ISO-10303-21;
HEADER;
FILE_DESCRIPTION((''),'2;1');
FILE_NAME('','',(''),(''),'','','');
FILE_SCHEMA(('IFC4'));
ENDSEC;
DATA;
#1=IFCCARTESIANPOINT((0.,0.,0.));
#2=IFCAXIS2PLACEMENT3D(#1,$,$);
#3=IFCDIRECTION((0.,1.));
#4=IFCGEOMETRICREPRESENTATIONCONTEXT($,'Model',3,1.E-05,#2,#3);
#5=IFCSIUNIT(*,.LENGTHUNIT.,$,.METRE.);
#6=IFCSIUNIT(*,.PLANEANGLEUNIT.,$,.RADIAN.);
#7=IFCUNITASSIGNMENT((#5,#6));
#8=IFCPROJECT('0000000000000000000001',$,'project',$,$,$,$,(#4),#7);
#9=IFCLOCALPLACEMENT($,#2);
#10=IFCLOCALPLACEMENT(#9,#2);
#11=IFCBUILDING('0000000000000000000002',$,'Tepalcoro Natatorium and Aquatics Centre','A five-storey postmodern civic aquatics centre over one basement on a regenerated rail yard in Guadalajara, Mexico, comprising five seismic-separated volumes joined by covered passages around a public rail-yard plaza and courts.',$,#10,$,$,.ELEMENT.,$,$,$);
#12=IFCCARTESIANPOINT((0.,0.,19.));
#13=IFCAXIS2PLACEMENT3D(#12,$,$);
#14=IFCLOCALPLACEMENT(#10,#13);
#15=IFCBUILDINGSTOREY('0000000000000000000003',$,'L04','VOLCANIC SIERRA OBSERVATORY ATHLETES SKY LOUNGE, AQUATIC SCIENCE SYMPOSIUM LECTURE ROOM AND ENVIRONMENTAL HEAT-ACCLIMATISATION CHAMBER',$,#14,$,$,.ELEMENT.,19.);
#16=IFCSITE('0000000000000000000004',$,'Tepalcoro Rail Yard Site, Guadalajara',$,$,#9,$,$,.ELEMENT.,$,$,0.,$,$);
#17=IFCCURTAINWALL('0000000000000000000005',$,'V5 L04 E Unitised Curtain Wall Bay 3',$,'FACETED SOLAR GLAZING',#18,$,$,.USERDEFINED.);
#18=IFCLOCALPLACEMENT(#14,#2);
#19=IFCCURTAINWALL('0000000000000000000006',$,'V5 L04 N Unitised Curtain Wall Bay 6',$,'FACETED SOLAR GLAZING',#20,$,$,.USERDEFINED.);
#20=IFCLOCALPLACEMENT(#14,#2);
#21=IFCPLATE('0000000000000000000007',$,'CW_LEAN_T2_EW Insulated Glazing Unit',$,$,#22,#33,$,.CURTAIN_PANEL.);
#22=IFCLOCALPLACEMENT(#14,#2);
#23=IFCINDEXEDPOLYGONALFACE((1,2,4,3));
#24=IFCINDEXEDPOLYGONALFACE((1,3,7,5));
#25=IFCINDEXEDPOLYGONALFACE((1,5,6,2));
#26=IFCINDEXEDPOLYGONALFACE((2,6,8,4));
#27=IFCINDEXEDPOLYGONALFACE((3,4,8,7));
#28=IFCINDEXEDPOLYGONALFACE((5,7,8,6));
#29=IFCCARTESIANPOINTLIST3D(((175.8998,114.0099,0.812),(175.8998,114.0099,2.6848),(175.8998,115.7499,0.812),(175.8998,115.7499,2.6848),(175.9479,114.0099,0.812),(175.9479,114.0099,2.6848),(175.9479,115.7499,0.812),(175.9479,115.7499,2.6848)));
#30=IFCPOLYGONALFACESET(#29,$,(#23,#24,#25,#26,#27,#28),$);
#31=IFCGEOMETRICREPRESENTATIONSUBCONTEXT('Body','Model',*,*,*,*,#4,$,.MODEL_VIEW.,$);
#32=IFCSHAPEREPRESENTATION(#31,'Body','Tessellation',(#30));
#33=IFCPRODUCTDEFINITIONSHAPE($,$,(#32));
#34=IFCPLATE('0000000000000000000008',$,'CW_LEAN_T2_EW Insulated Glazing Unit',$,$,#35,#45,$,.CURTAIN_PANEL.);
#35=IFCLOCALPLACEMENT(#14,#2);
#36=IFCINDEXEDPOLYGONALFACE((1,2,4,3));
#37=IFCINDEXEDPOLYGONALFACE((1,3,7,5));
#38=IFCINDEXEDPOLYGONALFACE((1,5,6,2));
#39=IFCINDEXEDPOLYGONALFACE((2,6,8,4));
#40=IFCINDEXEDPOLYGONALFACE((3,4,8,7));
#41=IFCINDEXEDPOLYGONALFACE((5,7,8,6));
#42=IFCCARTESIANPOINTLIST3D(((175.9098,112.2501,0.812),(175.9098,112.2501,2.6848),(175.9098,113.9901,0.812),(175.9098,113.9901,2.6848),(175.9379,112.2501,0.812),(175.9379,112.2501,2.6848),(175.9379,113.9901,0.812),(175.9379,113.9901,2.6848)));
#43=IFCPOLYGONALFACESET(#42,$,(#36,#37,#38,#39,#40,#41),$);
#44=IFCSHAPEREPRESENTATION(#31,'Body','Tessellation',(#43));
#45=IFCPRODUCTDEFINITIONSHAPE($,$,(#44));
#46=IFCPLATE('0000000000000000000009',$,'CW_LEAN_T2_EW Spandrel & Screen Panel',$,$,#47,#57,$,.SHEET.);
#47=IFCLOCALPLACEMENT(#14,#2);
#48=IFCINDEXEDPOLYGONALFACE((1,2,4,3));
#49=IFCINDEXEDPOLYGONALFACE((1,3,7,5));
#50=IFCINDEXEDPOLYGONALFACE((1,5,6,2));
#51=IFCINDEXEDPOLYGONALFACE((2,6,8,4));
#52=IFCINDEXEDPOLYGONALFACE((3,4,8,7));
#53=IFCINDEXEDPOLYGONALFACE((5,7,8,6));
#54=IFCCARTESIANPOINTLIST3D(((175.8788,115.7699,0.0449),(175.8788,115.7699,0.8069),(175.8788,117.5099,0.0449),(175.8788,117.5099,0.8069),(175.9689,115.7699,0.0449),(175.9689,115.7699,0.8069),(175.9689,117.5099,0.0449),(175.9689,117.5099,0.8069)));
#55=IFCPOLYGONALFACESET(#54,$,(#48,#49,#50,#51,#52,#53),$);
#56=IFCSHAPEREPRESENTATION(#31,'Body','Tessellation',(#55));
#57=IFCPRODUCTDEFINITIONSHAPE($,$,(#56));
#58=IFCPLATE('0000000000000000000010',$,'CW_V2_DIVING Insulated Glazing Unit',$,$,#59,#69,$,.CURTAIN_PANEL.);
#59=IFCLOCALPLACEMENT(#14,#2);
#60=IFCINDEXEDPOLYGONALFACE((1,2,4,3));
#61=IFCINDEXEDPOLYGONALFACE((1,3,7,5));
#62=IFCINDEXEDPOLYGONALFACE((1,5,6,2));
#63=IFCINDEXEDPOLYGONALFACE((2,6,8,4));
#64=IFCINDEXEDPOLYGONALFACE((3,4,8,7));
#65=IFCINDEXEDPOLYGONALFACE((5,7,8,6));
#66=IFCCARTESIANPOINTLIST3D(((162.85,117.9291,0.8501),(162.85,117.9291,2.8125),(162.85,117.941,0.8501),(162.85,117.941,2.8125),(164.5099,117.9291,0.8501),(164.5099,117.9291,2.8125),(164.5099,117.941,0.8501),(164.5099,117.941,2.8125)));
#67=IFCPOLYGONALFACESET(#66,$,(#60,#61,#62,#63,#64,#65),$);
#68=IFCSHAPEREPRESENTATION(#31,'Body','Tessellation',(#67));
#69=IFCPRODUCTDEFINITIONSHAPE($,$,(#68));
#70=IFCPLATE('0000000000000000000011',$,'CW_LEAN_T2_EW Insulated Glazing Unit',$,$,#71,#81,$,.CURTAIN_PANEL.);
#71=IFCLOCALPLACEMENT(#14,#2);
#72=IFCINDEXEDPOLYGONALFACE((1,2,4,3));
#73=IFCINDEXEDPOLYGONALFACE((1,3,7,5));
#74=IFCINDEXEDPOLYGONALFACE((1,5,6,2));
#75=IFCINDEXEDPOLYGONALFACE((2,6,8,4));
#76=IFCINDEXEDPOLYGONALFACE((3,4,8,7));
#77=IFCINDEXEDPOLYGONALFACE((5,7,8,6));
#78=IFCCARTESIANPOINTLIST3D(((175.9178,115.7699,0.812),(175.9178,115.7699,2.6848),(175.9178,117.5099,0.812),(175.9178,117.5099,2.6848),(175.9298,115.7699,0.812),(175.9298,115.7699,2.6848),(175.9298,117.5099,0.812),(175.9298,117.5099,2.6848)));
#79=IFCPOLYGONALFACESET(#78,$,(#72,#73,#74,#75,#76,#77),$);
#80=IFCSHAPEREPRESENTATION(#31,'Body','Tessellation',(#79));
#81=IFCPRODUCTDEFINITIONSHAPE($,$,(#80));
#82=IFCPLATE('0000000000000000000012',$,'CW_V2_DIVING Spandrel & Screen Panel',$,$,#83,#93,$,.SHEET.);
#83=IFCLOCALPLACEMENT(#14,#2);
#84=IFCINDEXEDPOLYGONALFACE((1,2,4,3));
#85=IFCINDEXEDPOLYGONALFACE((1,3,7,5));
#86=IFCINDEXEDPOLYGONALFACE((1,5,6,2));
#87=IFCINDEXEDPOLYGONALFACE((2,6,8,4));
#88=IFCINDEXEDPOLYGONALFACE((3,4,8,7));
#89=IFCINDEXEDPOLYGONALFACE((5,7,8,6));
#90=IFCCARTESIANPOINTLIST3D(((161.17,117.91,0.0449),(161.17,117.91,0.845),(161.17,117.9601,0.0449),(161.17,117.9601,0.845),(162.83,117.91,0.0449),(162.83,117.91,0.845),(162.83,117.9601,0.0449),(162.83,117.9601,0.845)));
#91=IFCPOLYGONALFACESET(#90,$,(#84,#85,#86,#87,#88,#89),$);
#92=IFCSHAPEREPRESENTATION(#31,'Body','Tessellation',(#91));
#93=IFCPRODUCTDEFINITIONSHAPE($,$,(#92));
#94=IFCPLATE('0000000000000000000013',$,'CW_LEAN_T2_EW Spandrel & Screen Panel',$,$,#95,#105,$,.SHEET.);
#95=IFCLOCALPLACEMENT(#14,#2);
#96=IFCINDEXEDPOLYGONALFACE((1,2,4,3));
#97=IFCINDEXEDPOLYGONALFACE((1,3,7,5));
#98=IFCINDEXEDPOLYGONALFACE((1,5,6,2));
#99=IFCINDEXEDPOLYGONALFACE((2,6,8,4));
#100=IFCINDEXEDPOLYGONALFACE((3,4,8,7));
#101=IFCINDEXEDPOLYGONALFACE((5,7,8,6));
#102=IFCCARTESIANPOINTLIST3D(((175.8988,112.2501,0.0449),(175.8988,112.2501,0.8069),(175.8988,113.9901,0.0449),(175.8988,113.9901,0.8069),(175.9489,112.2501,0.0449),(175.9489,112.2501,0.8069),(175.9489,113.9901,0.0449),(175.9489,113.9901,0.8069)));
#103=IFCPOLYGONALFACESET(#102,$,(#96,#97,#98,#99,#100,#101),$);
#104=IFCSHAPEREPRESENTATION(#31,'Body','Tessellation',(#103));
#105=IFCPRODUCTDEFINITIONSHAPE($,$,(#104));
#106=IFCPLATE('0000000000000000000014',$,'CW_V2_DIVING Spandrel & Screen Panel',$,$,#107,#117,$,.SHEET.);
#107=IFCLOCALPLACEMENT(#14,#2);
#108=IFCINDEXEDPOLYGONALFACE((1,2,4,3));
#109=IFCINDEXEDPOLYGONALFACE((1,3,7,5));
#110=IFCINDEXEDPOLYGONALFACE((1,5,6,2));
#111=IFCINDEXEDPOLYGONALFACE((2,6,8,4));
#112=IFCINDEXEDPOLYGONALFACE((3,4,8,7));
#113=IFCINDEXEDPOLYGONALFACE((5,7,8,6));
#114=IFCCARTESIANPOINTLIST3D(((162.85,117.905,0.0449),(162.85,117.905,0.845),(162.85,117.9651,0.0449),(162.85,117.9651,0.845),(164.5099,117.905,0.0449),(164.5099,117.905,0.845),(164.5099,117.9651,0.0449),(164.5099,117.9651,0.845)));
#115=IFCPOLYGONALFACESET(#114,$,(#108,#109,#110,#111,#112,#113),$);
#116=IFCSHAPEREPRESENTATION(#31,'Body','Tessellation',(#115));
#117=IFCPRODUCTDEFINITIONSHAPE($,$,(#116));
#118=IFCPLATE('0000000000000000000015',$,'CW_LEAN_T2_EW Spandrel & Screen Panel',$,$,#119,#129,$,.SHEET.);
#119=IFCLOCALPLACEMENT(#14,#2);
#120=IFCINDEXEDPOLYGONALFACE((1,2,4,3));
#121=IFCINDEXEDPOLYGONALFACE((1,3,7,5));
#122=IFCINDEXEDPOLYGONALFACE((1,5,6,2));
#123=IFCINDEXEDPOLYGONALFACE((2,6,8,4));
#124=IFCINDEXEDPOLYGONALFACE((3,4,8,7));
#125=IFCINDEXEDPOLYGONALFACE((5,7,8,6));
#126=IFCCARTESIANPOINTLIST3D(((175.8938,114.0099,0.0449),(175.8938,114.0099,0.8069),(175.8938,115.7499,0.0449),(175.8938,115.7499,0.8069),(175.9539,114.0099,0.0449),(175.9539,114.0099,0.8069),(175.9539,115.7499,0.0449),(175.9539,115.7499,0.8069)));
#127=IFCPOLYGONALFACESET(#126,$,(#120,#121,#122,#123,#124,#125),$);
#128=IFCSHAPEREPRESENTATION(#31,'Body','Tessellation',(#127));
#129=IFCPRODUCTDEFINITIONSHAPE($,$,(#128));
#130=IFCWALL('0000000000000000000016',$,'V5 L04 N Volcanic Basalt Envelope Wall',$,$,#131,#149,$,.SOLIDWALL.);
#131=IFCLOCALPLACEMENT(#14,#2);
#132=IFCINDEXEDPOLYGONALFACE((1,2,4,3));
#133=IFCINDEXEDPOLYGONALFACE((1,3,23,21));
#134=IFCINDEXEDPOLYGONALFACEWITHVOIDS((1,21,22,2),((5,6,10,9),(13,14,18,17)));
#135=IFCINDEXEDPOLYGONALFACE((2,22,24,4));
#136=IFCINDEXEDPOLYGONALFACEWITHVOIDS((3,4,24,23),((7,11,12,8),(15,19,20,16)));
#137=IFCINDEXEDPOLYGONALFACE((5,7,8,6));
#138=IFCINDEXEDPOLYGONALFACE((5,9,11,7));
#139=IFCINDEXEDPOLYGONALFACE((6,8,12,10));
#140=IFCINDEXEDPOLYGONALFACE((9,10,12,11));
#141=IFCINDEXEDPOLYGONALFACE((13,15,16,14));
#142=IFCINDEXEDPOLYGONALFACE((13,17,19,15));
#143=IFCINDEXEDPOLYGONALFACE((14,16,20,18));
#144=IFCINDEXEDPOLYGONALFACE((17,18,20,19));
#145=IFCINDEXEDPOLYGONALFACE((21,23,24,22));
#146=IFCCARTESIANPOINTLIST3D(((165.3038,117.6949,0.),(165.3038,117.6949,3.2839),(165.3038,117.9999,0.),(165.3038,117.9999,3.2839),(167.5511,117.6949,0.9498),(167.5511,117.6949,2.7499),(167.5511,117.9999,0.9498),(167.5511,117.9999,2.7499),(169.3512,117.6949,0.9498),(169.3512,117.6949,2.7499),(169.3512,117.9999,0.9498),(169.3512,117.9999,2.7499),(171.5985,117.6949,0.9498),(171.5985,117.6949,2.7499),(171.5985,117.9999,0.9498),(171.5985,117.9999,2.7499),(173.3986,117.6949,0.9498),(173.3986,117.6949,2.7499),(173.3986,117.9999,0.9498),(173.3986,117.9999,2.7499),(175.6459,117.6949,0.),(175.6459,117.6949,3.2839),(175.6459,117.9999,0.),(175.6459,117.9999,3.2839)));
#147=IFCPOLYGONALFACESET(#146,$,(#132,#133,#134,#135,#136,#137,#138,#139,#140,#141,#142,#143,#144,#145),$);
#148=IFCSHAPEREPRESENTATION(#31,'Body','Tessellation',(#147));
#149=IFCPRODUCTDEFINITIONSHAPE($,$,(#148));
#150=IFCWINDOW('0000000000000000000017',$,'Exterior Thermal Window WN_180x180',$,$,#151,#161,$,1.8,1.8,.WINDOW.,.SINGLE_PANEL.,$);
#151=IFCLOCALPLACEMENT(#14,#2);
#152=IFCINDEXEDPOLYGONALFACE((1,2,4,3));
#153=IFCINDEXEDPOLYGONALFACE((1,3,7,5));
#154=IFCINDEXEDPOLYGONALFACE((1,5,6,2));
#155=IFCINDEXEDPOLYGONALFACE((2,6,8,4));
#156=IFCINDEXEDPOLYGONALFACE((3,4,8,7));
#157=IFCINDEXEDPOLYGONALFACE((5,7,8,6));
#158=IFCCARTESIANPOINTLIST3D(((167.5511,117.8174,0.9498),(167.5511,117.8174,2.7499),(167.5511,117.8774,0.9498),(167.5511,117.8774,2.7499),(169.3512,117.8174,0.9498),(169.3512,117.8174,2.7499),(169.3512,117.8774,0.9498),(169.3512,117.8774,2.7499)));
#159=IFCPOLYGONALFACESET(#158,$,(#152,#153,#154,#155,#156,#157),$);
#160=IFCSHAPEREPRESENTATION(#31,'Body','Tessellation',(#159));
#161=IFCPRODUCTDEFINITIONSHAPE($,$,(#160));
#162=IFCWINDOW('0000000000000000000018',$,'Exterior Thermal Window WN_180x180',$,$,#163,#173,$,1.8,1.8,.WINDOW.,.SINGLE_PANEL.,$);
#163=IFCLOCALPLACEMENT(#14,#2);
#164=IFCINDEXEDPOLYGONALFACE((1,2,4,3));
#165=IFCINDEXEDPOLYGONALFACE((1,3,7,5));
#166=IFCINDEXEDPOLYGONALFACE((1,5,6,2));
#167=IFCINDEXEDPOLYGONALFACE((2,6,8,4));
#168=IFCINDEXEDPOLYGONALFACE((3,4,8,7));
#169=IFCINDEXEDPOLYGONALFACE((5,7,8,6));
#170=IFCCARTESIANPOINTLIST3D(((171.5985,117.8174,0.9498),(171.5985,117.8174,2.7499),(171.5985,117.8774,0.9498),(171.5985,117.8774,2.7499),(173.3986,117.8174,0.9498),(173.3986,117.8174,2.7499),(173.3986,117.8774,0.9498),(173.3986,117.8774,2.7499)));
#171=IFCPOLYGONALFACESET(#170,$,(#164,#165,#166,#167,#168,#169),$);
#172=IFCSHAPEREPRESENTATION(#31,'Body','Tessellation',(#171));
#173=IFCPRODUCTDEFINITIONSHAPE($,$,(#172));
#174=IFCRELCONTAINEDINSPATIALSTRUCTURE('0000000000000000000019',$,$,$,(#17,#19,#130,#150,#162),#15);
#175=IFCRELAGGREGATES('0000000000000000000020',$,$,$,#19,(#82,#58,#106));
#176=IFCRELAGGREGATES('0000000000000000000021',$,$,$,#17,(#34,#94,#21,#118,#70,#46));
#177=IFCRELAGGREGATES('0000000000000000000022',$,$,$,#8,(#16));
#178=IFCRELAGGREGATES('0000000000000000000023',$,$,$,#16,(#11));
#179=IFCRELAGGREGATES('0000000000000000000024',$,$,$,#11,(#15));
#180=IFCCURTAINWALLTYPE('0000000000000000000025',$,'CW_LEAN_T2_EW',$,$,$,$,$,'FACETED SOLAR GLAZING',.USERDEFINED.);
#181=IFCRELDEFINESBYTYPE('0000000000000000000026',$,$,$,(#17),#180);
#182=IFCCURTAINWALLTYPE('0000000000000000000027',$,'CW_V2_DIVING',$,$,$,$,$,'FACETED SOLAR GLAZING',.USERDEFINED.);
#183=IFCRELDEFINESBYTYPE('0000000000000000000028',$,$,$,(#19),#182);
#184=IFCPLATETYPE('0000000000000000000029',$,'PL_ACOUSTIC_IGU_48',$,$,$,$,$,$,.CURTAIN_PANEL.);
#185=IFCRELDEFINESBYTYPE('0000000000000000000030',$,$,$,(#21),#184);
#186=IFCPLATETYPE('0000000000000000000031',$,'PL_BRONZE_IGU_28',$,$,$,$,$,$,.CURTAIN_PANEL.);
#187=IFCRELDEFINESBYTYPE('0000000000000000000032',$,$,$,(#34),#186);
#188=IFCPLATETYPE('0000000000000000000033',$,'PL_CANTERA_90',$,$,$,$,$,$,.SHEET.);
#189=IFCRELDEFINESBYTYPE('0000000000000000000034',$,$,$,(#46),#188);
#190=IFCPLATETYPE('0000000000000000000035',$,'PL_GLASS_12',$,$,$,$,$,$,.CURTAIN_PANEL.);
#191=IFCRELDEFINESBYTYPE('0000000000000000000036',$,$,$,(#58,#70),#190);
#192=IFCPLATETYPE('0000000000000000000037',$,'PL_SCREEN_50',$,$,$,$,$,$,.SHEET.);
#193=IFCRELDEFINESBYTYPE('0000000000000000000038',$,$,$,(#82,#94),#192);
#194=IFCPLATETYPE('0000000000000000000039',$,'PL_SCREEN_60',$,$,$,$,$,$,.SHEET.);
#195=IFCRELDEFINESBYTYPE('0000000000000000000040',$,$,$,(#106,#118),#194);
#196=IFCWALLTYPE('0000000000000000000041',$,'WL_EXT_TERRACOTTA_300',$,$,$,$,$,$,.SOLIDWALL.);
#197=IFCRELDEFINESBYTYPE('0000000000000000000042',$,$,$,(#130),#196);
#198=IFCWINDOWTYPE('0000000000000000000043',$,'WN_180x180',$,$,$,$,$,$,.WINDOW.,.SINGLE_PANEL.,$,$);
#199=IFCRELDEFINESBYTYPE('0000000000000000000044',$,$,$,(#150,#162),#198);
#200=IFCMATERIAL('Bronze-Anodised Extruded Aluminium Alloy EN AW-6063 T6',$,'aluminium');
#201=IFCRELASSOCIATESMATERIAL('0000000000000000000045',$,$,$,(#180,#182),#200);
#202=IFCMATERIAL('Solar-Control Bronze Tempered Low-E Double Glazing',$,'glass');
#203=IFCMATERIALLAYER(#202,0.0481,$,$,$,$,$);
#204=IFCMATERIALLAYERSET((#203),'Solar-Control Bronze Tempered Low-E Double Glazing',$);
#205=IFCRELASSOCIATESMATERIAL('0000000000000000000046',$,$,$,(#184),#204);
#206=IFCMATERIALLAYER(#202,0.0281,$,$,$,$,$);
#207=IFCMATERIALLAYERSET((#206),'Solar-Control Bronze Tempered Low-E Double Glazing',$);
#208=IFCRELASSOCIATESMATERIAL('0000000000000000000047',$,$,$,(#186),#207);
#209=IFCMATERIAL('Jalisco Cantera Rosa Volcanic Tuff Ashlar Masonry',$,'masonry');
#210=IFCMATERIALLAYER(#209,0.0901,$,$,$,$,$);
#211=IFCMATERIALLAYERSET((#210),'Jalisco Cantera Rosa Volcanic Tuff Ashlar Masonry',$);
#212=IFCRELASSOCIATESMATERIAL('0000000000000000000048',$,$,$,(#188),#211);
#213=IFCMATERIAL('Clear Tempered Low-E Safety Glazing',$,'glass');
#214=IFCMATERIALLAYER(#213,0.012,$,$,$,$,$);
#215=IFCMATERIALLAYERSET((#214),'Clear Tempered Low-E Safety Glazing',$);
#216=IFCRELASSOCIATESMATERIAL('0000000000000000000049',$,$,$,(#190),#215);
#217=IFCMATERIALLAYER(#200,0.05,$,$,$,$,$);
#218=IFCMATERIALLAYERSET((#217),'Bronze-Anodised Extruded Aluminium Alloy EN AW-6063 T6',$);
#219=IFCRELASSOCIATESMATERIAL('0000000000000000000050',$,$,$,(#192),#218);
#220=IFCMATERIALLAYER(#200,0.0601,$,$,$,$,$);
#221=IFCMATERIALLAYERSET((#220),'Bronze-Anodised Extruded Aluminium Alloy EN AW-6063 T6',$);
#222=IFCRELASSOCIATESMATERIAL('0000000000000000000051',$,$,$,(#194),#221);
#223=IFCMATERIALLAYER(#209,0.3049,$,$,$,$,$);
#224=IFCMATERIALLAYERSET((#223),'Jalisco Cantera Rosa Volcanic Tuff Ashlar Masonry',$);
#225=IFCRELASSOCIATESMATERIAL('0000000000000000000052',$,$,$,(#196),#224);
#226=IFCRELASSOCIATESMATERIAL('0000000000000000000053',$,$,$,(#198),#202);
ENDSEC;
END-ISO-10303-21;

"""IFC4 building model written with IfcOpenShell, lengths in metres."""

from ifc_helpers import new_model, si_unit, direction, frame, frame_2d, origin, origin_2d, place, context, subcontext, project, spatial, rectangle, extrude, material, layer, layer_set, type_object, element, fill, aggregate, save


model = new_model("IFC4")

# Units and contexts
model_context = context("Model", 3, precision=1e-05, world=origin(), true_north=direction((0.0, 1.0)))
body_context = subcontext(model_context, "Body", "Model", "MODEL_VIEW")
ifc_project = project(units=[si_unit("LENGTHUNIT", "METRE"), si_unit("PLANEANGLEUNIT", "RADIAN")], contexts=[model_context])

# Site, building, storey
site_placement = place(None, origin())
site = spatial("IfcSite", under=ifc_project, at=site_placement, Name="Tepalcoro Rail Yard Site, Guadalajara", CompositionType="ELEMENT", RefElevation=0.0)
building_placement = place(site_placement, origin())
building = spatial("IfcBuilding", under=site, at=building_placement, Name="Tepalcoro Natatorium and Aquatics Centre", Description="A five-storey postmodern civic aquatics centre over one basement on a regenerated rail yard in Guadalajara, Mexico, comprising five seismic-separated volumes joined by covered passages around a public rail-yard plaza and courts.", CompositionType="ELEMENT")
storey_placement = place(building_placement, frame((0.0, 0.0, 19.0)))
storey = spatial("IfcBuildingStorey", under=building, at=storey_placement, Name="L04", Description="VOLCANIC SIERRA OBSERVATORY ATHLETES SKY LOUNGE, AQUATIC SCIENCE SYMPOSIUM LECTURE ROOM AND ENVIRONMENTAL HEAT-ACCLIMATISATION CHAMBER", CompositionType="ELEMENT", Elevation=19.0)

# Curtain walls
ifc_material_1 = material(Name="Bronze-Anodised Extruded Aluminium Alloy EN AW-6063 T6", Category="aluminium")
curtain_wall_type_1 = type_object("IfcCurtainWallType", Name="CW_LEAN_T2_EW", ElementType="FACETED SOLAR GLAZING", PredefinedType="USERDEFINED", material=ifc_material_1)
curtain_wall_1_placement = place(storey_placement, origin())
curtain_wall_1 = element("IfcCurtainWall", 1, at=curtain_wall_1_placement, inside=storey, type_object=curtain_wall_type_1, Name="V5 L04 E Unitised Curtain Wall Bay 3", ObjectType="FACETED SOLAR GLAZING", PredefinedType="USERDEFINED")
curtain_wall_type_2 = type_object("IfcCurtainWallType", Name="CW_V2_DIVING", ElementType="FACETED SOLAR GLAZING", PredefinedType="USERDEFINED", material=ifc_material_1)
curtain_wall_2_placement = place(storey_placement, origin())
curtain_wall_2 = element("IfcCurtainWall", 2, at=curtain_wall_2_placement, inside=storey, type_object=curtain_wall_type_2, Name="V5 L04 N Unitised Curtain Wall Bay 6", ObjectType="FACETED SOLAR GLAZING", PredefinedType="USERDEFINED")

# Plates
ifc_material_2 = material(Name="Solar-Control Bronze Tempered Low-E Double Glazing", Category="glass")
ifc_layer_1 = layer(ifc_material_2, 0.0481)
ifc_layer_set_1 = layer_set([ifc_layer_1], Name="Solar-Control Bronze Tempered Low-E Double Glazing")
plate_type_1 = type_object("IfcPlateType", Name="PL_ACOUSTIC_IGU_48", PredefinedType="CURTAIN_PANEL", material=ifc_layer_set_1)
plate_1_placement = place(storey_placement, frame((175.9238, 114.8799, 0.812), z_axis=(0.0, 0.0, 1.0), x_axis=(1.0, 0.0, 0.0)))
plate_1 = element("IfcPlate", 3, at=plate_1_placement, type_object=plate_type_1, Name="CW_LEAN_T2_EW Insulated Glazing Unit", PredefinedType="CURTAIN_PANEL", context=body_context, shape_type="SweptSolid", body=[
    extrude(rectangle(XDim=0.0481, YDim=1.74, at=origin_2d()), origin(), (0.0, 0.0, 1.0), 1.8728),
])
ifc_layer_2 = layer(ifc_material_2, 0.0281)
ifc_layer_set_2 = layer_set([ifc_layer_2], Name="Solar-Control Bronze Tempered Low-E Double Glazing")
plate_type_2 = type_object("IfcPlateType", Name="PL_BRONZE_IGU_28", PredefinedType="CURTAIN_PANEL", material=ifc_layer_set_2)
plate_2_placement = place(storey_placement, frame((175.9238, 113.1201, 0.812), z_axis=(0.0, 0.0, 1.0), x_axis=(1.0, 0.0, 0.0)))
plate_2 = element("IfcPlate", 4, at=plate_2_placement, type_object=plate_type_2, Name="CW_LEAN_T2_EW Insulated Glazing Unit", PredefinedType="CURTAIN_PANEL", context=body_context, shape_type="SweptSolid", body=[
    extrude(rectangle(XDim=0.0281, YDim=1.74, at=origin_2d()), origin(), (0.0, 0.0, 1.0), 1.8728),
])
ifc_material_3 = material(Name="Jalisco Cantera Rosa Volcanic Tuff Ashlar Masonry", Category="masonry")
ifc_layer_3 = layer(ifc_material_3, 0.0901)
ifc_layer_set_3 = layer_set([ifc_layer_3], Name="Jalisco Cantera Rosa Volcanic Tuff Ashlar Masonry")
plate_type_3 = type_object("IfcPlateType", Name="PL_CANTERA_90", PredefinedType="SHEET", material=ifc_layer_set_3)
plate_3_placement = place(storey_placement, frame((175.9238, 116.6399, 0.0449), z_axis=(0.0, 0.0, 1.0), x_axis=(1.0, 0.0, 0.0)))
plate_3 = element("IfcPlate", 5, at=plate_3_placement, type_object=plate_type_3, Name="CW_LEAN_T2_EW Spandrel & Screen Panel", PredefinedType="SHEET", context=body_context, shape_type="SweptSolid", body=[
    extrude(rectangle(XDim=0.0901, YDim=1.74, at=origin_2d()), origin(), (0.0, 0.0, 1.0), 0.762),
])
ifc_material_4 = material(Name="Clear Tempered Low-E Safety Glazing", Category="glass")
ifc_layer_4 = layer(ifc_material_4, 0.012)
ifc_layer_set_4 = layer_set([ifc_layer_4], Name="Clear Tempered Low-E Safety Glazing")
plate_type_4 = type_object("IfcPlateType", Name="PL_GLASS_12", PredefinedType="CURTAIN_PANEL", material=ifc_layer_set_4)
plate_4_placement = place(storey_placement, frame((163.6799, 117.9351, 0.8501), z_axis=(0.0, 0.0, 1.0), x_axis=(1.0, 0.0, 0.0)))
plate_4 = element("IfcPlate", 6, at=plate_4_placement, type_object=plate_type_4, Name="CW_V2_DIVING Insulated Glazing Unit", PredefinedType="CURTAIN_PANEL", context=body_context, shape_type="SweptSolid", body=[
    extrude(rectangle(XDim=1.6599, YDim=0.012, at=origin_2d()), origin(), (0.0, 0.0, 1.0), 1.9624),
])
plate_5_placement = place(storey_placement, frame((175.9238, 116.6399, 0.812), z_axis=(0.0, 0.0, 1.0), x_axis=(1.0, 0.0, 0.0)))
plate_5 = element("IfcPlate", 7, at=plate_5_placement, type_object=plate_type_4, Name="CW_LEAN_T2_EW Insulated Glazing Unit", PredefinedType="CURTAIN_PANEL", context=body_context, shape_type="SweptSolid", body=[
    extrude(rectangle(XDim=0.012, YDim=1.74, at=origin_2d()), origin(), (0.0, 0.0, 1.0), 1.8728),
])
ifc_layer_5 = layer(ifc_material_1, 0.05)
ifc_layer_set_5 = layer_set([ifc_layer_5], Name="Bronze-Anodised Extruded Aluminium Alloy EN AW-6063 T6")
plate_type_5 = type_object("IfcPlateType", Name="PL_SCREEN_50", PredefinedType="SHEET", material=ifc_layer_set_5)
plate_6_placement = place(storey_placement, frame((162.0, 117.9351, 0.0449), z_axis=(0.0, 0.0, 1.0), x_axis=(1.0, 0.0, 0.0)))
plate_6 = element("IfcPlate", 8, at=plate_6_placement, type_object=plate_type_5, Name="CW_V2_DIVING Spandrel & Screen Panel", PredefinedType="SHEET", context=body_context, shape_type="SweptSolid", body=[
    extrude(rectangle(XDim=1.6599, YDim=0.05, at=origin_2d()), origin(), (0.0, 0.0, 1.0), 0.8),
])
plate_7_placement = place(storey_placement, frame((175.9238, 113.1201, 0.0449), z_axis=(0.0, 0.0, 1.0), x_axis=(1.0, 0.0, 0.0)))
plate_7 = element("IfcPlate", 9, at=plate_7_placement, type_object=plate_type_5, Name="CW_LEAN_T2_EW Spandrel & Screen Panel", PredefinedType="SHEET", context=body_context, shape_type="SweptSolid", body=[
    extrude(rectangle(XDim=0.05, YDim=1.74, at=origin_2d()), origin(), (0.0, 0.0, 1.0), 0.762),
])
ifc_layer_6 = layer(ifc_material_1, 0.0601)
ifc_layer_set_6 = layer_set([ifc_layer_6], Name="Bronze-Anodised Extruded Aluminium Alloy EN AW-6063 T6")
plate_type_6 = type_object("IfcPlateType", Name="PL_SCREEN_60", PredefinedType="SHEET", material=ifc_layer_set_6)
plate_8_placement = place(storey_placement, frame((163.6799, 117.9351, 0.0449), z_axis=(0.0, 0.0, 1.0), x_axis=(1.0, 0.0, 0.0)))
plate_8 = element("IfcPlate", 10, at=plate_8_placement, type_object=plate_type_6, Name="CW_V2_DIVING Spandrel & Screen Panel", PredefinedType="SHEET", context=body_context, shape_type="SweptSolid", body=[
    extrude(rectangle(XDim=1.6599, YDim=0.0601, at=origin_2d()), origin(), (0.0, 0.0, 1.0), 0.8),
])
aggregate(curtain_wall_2, [plate_6, plate_4, plate_8])
plate_9_placement = place(storey_placement, frame((175.9238, 114.8799, 0.0449), z_axis=(0.0, 0.0, 1.0), x_axis=(1.0, 0.0, 0.0)))
plate_9 = element("IfcPlate", 11, at=plate_9_placement, type_object=plate_type_6, Name="CW_LEAN_T2_EW Spandrel & Screen Panel", PredefinedType="SHEET", context=body_context, shape_type="SweptSolid", body=[
    extrude(rectangle(XDim=0.0601, YDim=1.74, at=origin_2d()), origin(), (0.0, 0.0, 1.0), 0.762),
])
aggregate(curtain_wall_1, [plate_2, plate_7, plate_1, plate_9, plate_5, plate_3])

# Wall, openings, windows
ifc_layer_7 = layer(ifc_material_3, 0.3049)
ifc_layer_set_7 = layer_set([ifc_layer_7], Name="Jalisco Cantera Rosa Volcanic Tuff Ashlar Masonry")
wall_type_1 = type_object("IfcWallType", Name="WL_EXT_TERRACOTTA_300", PredefinedType="SOLIDWALL", material=ifc_layer_set_7)
wall_1_placement = place(storey_placement, frame((165.304, 117.8474, 0.0), z_axis=(0.0, 0.0, 1.0), x_axis=(1.0, 0.0, 0.0)))
wall_1 = element("IfcWall", 12, at=wall_1_placement, inside=storey, type_object=wall_type_1, Name="V5 L04 N Volcanic Basalt Envelope Wall", PredefinedType="SOLIDWALL", context=body_context, shape_type="SweptSolid", body=[
    extrude(rectangle(XDim=10.342, YDim=0.3049, at=frame_2d((5.1709, 0.0))), origin(), (0.0, 0.0, 1.0), 3.2839),
])
opening_1_placement = place(wall_1_placement, frame((2.2473, 0.0, 0.95)))
opening_1 = element("IfcOpeningElement", 13, at=opening_1_placement, cuts=wall_1, PredefinedType="OPENING", context=body_context, shape_type="SweptSolid", body=[
    extrude(rectangle(XDim=1.8, YDim=1.8, at=frame_2d((0.8999, 0.8999))), frame((0.0, 0.1646, 0.0), z_axis=(0.0, -1.0, 0.0), x_axis=(1.0, 0.0, 0.0)), (0.0, 0.0, 1.0), 0.3289),
])
opening_2_placement = place(wall_1_placement, frame((6.2947, 0.0, 0.95)))
opening_2 = element("IfcOpeningElement", 14, at=opening_2_placement, cuts=wall_1, PredefinedType="OPENING", context=body_context, shape_type="SweptSolid", body=[
    extrude(rectangle(XDim=1.8, YDim=1.8, at=frame_2d((0.8999, 0.8999))), frame((0.0, 0.1646, 0.0), z_axis=(0.0, -1.0, 0.0), x_axis=(1.0, 0.0, 0.0)), (0.0, 0.0, 1.0), 0.3289),
])
window_type = type_object("IfcWindowType", Name="WN_180x180", PartitioningType="SINGLE_PANEL", PredefinedType="WINDOW", material=ifc_material_2)
window_1_placement = place(opening_1_placement, origin())
window_1 = element("IfcWindow", 15, at=window_1_placement, inside=storey, type_object=window_type, Name="Exterior Thermal Window WN_180x180", OverallHeight=1.8, OverallWidth=1.8, PartitioningType="SINGLE_PANEL", PredefinedType="WINDOW", context=body_context, shape_type="SweptSolid", body=[
    extrude(rectangle(XDim=1.8, YDim=1.8, at=frame_2d((0.8999, 0.8999))), frame((0.0, 0.03, 0.0), z_axis=(0.0, -1.0, 0.0), x_axis=(1.0, 0.0, 0.0)), (0.0, 0.0, 1.0), 0.0601),
])
fill(opening_1, window_1)
window_2_placement = place(opening_2_placement, origin())
window_2 = element("IfcWindow", 16, at=window_2_placement, inside=storey, type_object=window_type, Name="Exterior Thermal Window WN_180x180", OverallHeight=1.8, OverallWidth=1.8, PartitioningType="SINGLE_PANEL", PredefinedType="WINDOW", context=body_context, shape_type="SweptSolid", body=[
    extrude(rectangle(XDim=1.8, YDim=1.8, at=frame_2d((0.8999, 0.8999))), frame((0.0, 0.03, 0.0), z_axis=(0.0, -1.0, 0.0), x_axis=(1.0, 0.0, 0.0)), (0.0, 0.0, 1.0), 0.0601),
])
fill(opening_2, window_2)

save(model, "model.ifc")
